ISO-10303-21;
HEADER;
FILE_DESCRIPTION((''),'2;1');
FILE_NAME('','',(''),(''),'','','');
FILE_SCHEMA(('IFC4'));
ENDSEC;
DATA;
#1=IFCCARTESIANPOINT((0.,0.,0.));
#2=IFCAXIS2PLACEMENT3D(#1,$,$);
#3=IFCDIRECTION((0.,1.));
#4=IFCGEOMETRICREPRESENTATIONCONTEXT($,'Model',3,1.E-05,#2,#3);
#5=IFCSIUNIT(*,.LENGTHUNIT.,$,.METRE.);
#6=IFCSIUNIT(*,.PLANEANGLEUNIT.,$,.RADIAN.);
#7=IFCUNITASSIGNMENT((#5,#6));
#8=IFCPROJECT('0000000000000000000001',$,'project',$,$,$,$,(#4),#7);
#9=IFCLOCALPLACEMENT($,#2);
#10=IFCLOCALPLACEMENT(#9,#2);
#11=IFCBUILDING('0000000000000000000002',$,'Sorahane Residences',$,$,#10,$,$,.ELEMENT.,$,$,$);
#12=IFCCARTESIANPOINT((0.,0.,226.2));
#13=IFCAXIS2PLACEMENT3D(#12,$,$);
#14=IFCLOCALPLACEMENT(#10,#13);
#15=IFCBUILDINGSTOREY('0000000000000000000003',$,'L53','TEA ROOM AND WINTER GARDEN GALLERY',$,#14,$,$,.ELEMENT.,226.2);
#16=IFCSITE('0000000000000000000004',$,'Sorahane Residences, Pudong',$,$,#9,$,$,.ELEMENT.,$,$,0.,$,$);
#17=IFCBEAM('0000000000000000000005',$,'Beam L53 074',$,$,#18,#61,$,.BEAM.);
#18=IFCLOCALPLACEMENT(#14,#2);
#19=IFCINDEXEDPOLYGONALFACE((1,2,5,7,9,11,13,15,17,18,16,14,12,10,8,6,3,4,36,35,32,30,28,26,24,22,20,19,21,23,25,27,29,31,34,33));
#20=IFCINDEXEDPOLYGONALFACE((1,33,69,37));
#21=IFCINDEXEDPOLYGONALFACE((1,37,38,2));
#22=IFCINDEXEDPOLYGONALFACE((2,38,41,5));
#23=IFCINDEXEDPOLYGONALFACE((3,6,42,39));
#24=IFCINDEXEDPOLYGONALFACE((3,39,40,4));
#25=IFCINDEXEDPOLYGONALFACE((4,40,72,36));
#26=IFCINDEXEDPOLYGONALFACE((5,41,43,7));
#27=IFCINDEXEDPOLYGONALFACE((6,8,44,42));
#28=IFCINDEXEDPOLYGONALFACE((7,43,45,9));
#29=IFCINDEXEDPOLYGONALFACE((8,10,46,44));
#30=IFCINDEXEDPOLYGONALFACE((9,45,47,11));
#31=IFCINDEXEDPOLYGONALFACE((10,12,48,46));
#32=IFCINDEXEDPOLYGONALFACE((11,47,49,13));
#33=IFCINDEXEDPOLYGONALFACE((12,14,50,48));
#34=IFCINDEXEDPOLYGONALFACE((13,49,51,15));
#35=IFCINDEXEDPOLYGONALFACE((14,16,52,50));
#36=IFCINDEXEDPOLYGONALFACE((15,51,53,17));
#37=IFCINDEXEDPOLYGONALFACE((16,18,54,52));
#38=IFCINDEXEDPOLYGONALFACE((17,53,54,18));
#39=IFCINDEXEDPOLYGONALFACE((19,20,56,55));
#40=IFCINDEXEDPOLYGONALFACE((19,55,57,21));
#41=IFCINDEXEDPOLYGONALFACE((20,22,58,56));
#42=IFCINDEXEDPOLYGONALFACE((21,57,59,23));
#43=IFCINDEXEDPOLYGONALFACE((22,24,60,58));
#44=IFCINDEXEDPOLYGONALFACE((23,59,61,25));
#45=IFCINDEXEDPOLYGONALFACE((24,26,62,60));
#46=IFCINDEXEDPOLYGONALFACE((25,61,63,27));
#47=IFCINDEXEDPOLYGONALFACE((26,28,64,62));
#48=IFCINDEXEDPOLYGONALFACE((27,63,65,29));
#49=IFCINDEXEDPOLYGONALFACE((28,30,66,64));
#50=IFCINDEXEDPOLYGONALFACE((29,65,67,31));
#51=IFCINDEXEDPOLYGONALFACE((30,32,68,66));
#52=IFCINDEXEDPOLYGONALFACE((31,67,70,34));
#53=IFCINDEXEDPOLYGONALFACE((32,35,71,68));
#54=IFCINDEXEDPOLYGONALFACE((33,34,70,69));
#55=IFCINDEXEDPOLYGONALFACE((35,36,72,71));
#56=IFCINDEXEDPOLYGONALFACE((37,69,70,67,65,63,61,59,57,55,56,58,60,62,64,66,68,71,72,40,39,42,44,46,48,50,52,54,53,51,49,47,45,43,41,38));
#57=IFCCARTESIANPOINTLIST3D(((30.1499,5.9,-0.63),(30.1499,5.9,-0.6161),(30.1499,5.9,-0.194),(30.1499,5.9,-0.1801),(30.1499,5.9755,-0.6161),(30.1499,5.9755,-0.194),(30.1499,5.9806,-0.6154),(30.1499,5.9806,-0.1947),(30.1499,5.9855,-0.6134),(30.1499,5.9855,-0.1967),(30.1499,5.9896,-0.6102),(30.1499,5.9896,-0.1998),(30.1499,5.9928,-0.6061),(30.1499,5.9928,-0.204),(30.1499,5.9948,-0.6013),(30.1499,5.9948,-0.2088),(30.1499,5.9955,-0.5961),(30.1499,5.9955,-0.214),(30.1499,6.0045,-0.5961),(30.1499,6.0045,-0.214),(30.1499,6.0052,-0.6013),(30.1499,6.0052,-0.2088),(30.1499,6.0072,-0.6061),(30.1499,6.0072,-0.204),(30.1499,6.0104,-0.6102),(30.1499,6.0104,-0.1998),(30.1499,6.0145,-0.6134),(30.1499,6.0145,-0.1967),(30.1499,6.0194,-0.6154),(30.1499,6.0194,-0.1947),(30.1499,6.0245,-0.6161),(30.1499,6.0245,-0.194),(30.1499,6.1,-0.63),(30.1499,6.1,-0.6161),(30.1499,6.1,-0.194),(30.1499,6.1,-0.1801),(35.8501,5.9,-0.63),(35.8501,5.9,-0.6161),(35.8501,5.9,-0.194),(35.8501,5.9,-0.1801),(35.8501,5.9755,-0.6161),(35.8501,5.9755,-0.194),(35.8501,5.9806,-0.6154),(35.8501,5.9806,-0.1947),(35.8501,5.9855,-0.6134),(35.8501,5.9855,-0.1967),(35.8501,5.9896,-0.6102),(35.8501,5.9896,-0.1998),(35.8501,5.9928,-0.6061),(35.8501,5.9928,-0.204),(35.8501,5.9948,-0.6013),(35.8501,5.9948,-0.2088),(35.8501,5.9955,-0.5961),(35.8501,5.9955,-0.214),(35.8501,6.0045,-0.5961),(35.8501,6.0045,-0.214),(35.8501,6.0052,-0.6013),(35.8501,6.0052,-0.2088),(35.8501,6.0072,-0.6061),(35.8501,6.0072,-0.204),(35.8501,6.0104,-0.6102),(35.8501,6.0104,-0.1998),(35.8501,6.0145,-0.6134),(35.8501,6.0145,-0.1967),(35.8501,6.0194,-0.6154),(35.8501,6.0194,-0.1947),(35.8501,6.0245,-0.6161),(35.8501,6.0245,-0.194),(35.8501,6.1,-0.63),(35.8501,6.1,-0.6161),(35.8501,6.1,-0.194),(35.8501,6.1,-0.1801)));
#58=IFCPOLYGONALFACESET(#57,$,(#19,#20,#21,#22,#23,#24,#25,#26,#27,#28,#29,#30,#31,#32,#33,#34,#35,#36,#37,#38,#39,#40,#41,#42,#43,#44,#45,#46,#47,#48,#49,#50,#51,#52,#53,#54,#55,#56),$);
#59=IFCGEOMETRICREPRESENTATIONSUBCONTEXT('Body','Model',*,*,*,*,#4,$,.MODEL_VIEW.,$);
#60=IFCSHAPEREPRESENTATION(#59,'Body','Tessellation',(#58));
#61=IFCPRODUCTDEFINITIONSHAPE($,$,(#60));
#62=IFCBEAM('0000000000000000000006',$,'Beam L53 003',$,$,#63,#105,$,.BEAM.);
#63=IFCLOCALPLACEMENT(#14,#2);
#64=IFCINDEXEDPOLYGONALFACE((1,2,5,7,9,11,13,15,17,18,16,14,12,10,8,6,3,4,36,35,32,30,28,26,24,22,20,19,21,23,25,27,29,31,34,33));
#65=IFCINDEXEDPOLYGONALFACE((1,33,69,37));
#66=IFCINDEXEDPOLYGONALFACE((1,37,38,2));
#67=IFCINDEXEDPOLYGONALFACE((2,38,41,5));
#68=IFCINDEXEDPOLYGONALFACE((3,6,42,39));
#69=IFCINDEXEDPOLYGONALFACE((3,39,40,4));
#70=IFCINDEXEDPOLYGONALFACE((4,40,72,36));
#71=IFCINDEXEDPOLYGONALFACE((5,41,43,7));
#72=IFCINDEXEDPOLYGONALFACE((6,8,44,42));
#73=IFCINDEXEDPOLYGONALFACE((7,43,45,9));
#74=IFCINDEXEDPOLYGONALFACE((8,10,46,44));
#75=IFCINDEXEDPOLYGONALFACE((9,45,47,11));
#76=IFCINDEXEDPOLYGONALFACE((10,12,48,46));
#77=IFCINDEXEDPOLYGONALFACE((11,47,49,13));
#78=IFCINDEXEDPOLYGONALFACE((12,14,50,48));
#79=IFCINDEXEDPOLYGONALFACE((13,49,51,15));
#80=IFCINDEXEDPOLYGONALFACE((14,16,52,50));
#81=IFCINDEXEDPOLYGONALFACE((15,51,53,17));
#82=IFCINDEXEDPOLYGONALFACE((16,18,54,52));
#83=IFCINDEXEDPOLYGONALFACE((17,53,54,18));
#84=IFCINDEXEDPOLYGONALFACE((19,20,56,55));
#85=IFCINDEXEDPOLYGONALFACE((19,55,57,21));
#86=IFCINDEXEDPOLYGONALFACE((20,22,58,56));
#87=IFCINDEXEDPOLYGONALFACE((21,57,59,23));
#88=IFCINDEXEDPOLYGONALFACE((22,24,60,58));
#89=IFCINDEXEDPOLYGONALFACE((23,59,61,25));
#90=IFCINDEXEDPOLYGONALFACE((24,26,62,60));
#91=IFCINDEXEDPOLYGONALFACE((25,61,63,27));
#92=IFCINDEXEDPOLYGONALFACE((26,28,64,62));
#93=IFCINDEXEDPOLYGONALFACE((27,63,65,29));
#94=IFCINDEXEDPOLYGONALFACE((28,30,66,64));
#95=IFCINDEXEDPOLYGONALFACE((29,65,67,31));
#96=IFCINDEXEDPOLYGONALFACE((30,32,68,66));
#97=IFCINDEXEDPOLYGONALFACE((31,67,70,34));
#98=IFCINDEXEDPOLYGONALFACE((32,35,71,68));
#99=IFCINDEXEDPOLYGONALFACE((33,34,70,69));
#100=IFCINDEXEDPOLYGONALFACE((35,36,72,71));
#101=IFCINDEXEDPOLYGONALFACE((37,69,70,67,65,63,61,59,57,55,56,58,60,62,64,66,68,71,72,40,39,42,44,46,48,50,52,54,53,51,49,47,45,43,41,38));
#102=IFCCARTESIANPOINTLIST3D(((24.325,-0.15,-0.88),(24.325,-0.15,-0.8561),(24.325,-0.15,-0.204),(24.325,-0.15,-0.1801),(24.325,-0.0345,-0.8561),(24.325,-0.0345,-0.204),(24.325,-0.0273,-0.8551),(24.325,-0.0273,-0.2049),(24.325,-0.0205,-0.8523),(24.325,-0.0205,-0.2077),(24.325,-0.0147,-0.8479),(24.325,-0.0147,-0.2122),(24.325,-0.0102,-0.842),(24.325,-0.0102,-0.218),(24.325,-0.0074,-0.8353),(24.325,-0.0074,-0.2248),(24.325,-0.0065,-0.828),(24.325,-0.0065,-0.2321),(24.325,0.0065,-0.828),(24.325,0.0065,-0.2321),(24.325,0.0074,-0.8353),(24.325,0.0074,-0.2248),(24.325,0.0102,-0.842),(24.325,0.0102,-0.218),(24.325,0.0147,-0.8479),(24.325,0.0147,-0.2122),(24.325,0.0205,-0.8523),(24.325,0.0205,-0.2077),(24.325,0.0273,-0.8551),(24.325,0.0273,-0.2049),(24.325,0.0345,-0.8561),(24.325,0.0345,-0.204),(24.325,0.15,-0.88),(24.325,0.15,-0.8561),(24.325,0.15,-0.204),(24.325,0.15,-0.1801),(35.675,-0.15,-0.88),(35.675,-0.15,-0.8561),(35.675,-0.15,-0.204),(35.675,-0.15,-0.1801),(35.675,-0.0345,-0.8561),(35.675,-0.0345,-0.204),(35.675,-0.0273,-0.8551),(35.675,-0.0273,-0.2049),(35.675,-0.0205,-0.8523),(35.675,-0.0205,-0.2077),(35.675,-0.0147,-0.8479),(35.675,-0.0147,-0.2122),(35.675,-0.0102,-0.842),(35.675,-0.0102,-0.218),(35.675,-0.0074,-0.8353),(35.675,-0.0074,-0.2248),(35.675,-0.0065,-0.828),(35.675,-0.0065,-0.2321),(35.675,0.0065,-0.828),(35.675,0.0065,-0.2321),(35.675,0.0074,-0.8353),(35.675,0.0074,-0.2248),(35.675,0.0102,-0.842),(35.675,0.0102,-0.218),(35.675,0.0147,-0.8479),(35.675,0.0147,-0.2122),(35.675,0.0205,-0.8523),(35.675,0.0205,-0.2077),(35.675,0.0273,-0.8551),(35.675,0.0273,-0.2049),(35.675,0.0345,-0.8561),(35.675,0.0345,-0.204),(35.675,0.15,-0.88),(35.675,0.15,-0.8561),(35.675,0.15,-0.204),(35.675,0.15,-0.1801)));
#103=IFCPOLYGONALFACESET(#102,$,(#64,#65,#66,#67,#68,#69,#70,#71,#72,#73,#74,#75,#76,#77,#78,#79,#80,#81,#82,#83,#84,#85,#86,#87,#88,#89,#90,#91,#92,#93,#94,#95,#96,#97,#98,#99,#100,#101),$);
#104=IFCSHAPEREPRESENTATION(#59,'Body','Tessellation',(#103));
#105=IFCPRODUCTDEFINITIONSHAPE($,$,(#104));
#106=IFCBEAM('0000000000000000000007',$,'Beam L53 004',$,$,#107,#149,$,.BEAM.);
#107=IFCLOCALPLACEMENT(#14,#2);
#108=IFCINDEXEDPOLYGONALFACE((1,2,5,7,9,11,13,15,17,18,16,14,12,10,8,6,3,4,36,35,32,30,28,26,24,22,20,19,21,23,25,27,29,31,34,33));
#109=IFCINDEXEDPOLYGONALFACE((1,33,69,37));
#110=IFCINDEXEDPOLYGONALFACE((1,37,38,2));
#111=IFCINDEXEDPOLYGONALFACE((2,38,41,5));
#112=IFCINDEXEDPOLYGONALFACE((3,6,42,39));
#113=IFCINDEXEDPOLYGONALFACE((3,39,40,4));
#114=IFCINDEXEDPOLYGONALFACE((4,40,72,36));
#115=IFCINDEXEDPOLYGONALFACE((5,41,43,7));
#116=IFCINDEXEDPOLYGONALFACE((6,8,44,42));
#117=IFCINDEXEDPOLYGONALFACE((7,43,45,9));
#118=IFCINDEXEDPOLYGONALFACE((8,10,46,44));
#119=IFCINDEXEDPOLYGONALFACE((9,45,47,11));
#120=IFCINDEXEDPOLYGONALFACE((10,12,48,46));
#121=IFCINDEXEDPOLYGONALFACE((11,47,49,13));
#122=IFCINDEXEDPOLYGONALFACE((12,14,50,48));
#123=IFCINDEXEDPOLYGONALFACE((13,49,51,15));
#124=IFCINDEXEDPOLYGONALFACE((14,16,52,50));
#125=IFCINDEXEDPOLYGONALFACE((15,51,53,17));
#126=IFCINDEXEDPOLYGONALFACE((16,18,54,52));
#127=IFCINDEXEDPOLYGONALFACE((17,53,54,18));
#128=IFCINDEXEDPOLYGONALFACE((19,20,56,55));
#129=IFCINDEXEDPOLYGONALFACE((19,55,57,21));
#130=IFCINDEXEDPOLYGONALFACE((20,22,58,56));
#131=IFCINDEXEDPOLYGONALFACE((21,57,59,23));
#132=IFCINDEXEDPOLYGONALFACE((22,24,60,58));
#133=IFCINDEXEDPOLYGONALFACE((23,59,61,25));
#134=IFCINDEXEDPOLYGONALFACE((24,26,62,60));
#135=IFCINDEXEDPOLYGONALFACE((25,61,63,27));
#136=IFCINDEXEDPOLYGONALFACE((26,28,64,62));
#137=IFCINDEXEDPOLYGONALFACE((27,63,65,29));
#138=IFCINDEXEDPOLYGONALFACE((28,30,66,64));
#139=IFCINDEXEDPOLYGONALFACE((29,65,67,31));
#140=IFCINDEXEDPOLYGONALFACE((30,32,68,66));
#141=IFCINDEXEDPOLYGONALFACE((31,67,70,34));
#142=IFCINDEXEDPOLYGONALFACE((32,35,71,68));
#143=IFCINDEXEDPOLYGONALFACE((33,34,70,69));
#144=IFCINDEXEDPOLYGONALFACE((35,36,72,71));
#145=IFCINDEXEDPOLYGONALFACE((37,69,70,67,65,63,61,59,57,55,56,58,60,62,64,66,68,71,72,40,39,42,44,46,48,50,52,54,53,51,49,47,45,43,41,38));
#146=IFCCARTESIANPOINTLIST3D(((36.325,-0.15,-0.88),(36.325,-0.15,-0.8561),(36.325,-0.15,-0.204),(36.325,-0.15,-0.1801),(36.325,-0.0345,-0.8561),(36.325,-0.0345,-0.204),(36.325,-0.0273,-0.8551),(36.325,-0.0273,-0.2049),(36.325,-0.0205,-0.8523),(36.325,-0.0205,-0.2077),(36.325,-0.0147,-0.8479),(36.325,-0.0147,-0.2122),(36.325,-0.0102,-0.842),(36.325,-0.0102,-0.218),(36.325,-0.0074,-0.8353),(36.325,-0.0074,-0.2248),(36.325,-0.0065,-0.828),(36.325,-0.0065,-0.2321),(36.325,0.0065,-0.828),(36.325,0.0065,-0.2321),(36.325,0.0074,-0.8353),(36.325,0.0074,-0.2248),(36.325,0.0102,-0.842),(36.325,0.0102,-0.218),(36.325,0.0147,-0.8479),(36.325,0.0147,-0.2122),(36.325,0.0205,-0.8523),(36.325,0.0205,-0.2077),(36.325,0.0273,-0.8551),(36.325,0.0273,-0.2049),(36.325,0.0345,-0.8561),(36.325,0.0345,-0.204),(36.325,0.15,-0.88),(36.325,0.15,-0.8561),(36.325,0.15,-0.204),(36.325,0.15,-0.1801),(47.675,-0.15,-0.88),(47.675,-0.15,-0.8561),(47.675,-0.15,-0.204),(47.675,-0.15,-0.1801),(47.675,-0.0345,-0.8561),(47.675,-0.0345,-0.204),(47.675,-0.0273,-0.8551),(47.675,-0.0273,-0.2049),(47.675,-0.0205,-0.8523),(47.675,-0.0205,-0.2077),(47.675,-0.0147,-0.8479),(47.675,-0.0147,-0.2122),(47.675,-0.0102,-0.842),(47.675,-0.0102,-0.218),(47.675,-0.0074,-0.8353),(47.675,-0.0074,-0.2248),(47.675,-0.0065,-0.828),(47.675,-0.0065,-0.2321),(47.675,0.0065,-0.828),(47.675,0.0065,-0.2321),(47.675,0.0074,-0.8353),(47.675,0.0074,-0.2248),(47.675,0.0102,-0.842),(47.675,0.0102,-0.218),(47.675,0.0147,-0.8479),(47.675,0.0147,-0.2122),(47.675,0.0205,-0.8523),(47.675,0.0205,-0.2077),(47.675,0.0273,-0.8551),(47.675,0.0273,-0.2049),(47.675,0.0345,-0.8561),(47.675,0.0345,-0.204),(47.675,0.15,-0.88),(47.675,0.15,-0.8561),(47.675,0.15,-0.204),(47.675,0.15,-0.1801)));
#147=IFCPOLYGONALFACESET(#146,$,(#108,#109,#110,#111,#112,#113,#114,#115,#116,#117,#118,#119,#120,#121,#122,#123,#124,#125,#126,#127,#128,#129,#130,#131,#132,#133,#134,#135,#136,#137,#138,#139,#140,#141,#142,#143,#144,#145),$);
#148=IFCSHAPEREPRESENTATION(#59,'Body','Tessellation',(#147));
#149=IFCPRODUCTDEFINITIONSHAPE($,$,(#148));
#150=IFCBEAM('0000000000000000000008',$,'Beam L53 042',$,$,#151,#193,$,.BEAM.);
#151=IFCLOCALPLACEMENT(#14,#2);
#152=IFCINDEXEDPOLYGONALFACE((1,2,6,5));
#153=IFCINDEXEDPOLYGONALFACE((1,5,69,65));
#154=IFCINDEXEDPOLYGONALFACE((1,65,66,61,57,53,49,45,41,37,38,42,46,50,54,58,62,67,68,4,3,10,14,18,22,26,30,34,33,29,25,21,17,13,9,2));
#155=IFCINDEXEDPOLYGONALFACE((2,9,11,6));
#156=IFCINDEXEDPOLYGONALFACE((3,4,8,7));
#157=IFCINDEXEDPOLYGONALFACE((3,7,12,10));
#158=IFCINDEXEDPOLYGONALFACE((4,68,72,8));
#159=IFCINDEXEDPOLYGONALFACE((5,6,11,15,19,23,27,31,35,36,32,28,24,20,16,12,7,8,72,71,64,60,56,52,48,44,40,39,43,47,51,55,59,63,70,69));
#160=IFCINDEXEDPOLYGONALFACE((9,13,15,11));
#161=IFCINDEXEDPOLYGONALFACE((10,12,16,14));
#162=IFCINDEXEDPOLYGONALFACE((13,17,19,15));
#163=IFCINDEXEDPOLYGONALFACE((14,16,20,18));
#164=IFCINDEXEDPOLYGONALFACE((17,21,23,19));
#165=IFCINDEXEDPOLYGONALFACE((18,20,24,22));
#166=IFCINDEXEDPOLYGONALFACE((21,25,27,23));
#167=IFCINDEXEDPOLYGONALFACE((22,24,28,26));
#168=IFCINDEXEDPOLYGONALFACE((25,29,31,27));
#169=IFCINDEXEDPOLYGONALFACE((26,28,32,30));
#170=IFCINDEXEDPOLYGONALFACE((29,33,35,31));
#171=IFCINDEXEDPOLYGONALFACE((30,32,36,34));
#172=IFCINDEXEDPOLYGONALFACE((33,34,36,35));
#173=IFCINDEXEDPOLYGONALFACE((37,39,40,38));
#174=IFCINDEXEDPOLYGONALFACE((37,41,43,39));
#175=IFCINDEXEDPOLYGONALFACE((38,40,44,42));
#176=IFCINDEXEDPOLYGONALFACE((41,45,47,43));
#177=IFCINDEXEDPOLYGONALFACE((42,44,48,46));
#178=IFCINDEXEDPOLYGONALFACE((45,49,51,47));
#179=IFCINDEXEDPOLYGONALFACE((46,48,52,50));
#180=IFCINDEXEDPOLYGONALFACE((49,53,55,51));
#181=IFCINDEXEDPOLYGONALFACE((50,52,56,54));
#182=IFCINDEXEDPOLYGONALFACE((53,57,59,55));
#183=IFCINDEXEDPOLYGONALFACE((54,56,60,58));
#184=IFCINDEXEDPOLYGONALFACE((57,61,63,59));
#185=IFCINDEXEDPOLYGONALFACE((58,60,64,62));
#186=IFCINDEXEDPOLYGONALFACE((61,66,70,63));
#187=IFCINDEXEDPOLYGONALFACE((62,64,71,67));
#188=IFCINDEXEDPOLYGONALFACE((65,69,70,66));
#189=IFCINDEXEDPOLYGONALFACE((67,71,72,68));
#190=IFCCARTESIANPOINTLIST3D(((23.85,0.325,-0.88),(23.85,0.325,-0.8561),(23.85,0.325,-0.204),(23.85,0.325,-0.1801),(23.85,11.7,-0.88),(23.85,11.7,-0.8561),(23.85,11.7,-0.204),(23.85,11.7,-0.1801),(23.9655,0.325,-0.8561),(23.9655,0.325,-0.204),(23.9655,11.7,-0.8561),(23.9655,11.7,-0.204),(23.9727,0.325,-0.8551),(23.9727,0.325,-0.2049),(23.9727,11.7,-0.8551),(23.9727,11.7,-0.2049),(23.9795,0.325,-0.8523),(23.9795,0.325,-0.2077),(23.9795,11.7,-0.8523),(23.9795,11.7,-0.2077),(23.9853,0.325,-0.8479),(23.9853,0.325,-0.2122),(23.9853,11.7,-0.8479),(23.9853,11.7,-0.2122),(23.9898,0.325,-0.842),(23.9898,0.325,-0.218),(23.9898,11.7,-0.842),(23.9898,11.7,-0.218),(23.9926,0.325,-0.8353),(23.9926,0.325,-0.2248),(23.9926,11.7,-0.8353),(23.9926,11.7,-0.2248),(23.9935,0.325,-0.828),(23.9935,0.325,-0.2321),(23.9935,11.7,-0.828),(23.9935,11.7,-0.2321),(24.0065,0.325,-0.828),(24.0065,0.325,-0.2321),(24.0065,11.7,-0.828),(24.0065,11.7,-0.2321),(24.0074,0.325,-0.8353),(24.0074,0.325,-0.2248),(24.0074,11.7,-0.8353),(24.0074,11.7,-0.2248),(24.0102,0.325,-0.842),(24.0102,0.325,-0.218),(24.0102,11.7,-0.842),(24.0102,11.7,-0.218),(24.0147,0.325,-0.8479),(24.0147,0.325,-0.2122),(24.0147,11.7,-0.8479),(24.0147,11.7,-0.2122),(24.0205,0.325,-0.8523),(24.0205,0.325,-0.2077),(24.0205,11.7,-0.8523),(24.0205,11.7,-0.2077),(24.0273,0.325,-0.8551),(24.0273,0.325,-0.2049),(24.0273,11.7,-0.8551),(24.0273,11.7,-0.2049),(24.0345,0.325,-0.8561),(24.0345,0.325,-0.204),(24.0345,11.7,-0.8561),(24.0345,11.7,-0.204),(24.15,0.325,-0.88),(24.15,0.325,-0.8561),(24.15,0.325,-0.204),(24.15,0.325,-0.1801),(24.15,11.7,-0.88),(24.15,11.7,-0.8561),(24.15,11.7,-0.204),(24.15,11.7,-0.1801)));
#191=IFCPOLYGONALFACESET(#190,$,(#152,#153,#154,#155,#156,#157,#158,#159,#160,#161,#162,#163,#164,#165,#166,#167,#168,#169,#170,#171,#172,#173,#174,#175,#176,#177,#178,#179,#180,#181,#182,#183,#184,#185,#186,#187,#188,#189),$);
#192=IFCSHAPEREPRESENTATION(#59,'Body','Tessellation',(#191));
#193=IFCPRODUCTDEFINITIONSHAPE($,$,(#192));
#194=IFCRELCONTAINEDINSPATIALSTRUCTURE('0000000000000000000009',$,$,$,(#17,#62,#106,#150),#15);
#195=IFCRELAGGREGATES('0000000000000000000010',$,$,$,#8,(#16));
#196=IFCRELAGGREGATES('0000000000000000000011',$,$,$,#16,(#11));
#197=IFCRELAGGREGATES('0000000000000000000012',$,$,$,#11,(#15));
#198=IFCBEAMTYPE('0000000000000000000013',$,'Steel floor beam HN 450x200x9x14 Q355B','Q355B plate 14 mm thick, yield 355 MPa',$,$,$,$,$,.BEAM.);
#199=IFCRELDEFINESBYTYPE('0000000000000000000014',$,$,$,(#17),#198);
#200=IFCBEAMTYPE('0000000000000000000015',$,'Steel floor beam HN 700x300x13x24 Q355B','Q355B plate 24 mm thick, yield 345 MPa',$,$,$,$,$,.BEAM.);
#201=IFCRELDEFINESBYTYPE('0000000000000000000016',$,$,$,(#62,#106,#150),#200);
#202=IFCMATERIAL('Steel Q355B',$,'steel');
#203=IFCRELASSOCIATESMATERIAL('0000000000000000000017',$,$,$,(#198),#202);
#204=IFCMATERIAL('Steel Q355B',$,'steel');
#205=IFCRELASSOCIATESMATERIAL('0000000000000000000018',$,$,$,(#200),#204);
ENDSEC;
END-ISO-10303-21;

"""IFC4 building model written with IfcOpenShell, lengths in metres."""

from ifc_helpers import new_model, si_unit, direction, frame, origin, origin_2d, place, context, subcontext, project, spatial, i_section, extrude, material, material_profile, profile_set, type_object, element, save


model = new_model("IFC4")

# Units and contexts
model_context = context("Model", 3, precision=1e-05, world=origin(), true_north=direction((0.0, 1.0)))
body_context = subcontext(model_context, "Body", "Model", "MODEL_VIEW")
ifc_project = project(units=[si_unit("LENGTHUNIT", "METRE"), si_unit("PLANEANGLEUNIT", "RADIAN")], contexts=[model_context])

# Site, building, storey
site_placement = place(None, origin())
site = spatial("IfcSite", under=ifc_project, at=site_placement, Name="Sorahane Residences, Pudong", CompositionType="ELEMENT", RefElevation=0.0)
building_placement = place(site_placement, origin())
building = spatial("IfcBuilding", under=site, at=building_placement, Name="Sorahane Residences", CompositionType="ELEMENT")
storey_placement = place(building_placement, frame((0.0, 0.0, 226.2)))
storey = spatial("IfcBuildingStorey", under=building, at=storey_placement, Name="L53", Description="TEA ROOM AND WINTER GARDEN GALLERY", CompositionType="ELEMENT", Elevation=226.2)

# Beams
ifc_material_1 = material(Name="Steel Q355B", Category="steel")
ifc_material_profile_1 = material_profile(ifc_material_1, i_section(OverallWidth=0.2, OverallDepth=0.45, WebThickness=0.009, FlangeThickness=0.0139, FilletRadius=0.02, at=origin_2d()), Name="HN 450x200x9x14")
ifc_profile_set_1 = profile_set([ifc_material_profile_1], Name="Steel Q355B")
beam_type_1 = type_object("IfcBeamType", Name="Steel floor beam HN 450x200x9x14 Q355B", Description="Q355B plate 14 mm thick, yield 355 MPa", PredefinedType="BEAM", material=ifc_profile_set_1)
for number, where, z_axis, x_axis, name in (
    (1, (30.1499, 6.0, -0.405), (1.0, 0.0, 0.0), (0.0, 1.0, 0.0), "Beam L53 074"),
):
    element("IfcBeam", number, at=place(storey_placement, frame(where, z_axis=z_axis, x_axis=x_axis)), inside=storey, type_object=beam_type_1, Name=name, PredefinedType="BEAM", context=body_context, shape_type="SweptSolid", body=[
        extrude(i_section(OverallWidth=0.2, OverallDepth=0.45, WebThickness=0.009, FlangeThickness=0.0139, FilletRadius=0.02, at=origin_2d()), origin(), (0.0, 0.0, 1.0), 5.7002),
    ])
ifc_material_2 = material(Name="Steel Q355B", Category="steel")
ifc_material_profile_2 = material_profile(ifc_material_2, i_section(OverallWidth=0.3, OverallDepth=0.7, WebThickness=0.0129, FlangeThickness=0.0239, FilletRadius=0.0281, at=origin_2d()), Name="HN 700x300x13x24")
ifc_profile_set_2 = profile_set([ifc_material_profile_2], Name="Steel Q355B")
beam_type_2 = type_object("IfcBeamType", Name="Steel floor beam HN 700x300x13x24 Q355B", Description="Q355B plate 24 mm thick, yield 345 MPa", PredefinedType="BEAM", material=ifc_profile_set_2)
for number, where, z_axis, x_axis, name in (
    (2, (24.325, 0.0, -0.53), (1.0, 0.0, 0.0), (0.0, 1.0, 0.0), "Beam L53 003"),
    (3, (36.325, 0.0, -0.53), (1.0, 0.0, 0.0), (0.0, 1.0, 0.0), "Beam L53 004"),
):
    element("IfcBeam", number, at=place(storey_placement, frame(where, z_axis=z_axis, x_axis=x_axis)), inside=storey, type_object=beam_type_2, Name=name, PredefinedType="BEAM", context=body_context, shape_type="SweptSolid", body=[
        extrude(i_section(OverallWidth=0.3, OverallDepth=0.7, WebThickness=0.0129, FlangeThickness=0.0239, FilletRadius=0.0281, at=origin_2d()), origin(), (0.0, 0.0, 1.0), 11.3501),
    ])
beam_1_placement = place(storey_placement, frame((24.0, 0.325, -0.53), z_axis=(0.0, 1.0, 0.0), x_axis=(-1.0, 0.0, 0.0)))
element("IfcBeam", 4, at=beam_1_placement, inside=storey, type_object=beam_type_2, Name="Beam L53 042", PredefinedType="BEAM", context=body_context, shape_type="SweptSolid", body=[
    extrude(i_section(OverallWidth=0.3, OverallDepth=0.7, WebThickness=0.0129, FlangeThickness=0.0239, FilletRadius=0.0281, at=origin_2d()), origin(), (0.0, 0.0, 1.0), 11.375),
])

save(model, "model.ifc")
